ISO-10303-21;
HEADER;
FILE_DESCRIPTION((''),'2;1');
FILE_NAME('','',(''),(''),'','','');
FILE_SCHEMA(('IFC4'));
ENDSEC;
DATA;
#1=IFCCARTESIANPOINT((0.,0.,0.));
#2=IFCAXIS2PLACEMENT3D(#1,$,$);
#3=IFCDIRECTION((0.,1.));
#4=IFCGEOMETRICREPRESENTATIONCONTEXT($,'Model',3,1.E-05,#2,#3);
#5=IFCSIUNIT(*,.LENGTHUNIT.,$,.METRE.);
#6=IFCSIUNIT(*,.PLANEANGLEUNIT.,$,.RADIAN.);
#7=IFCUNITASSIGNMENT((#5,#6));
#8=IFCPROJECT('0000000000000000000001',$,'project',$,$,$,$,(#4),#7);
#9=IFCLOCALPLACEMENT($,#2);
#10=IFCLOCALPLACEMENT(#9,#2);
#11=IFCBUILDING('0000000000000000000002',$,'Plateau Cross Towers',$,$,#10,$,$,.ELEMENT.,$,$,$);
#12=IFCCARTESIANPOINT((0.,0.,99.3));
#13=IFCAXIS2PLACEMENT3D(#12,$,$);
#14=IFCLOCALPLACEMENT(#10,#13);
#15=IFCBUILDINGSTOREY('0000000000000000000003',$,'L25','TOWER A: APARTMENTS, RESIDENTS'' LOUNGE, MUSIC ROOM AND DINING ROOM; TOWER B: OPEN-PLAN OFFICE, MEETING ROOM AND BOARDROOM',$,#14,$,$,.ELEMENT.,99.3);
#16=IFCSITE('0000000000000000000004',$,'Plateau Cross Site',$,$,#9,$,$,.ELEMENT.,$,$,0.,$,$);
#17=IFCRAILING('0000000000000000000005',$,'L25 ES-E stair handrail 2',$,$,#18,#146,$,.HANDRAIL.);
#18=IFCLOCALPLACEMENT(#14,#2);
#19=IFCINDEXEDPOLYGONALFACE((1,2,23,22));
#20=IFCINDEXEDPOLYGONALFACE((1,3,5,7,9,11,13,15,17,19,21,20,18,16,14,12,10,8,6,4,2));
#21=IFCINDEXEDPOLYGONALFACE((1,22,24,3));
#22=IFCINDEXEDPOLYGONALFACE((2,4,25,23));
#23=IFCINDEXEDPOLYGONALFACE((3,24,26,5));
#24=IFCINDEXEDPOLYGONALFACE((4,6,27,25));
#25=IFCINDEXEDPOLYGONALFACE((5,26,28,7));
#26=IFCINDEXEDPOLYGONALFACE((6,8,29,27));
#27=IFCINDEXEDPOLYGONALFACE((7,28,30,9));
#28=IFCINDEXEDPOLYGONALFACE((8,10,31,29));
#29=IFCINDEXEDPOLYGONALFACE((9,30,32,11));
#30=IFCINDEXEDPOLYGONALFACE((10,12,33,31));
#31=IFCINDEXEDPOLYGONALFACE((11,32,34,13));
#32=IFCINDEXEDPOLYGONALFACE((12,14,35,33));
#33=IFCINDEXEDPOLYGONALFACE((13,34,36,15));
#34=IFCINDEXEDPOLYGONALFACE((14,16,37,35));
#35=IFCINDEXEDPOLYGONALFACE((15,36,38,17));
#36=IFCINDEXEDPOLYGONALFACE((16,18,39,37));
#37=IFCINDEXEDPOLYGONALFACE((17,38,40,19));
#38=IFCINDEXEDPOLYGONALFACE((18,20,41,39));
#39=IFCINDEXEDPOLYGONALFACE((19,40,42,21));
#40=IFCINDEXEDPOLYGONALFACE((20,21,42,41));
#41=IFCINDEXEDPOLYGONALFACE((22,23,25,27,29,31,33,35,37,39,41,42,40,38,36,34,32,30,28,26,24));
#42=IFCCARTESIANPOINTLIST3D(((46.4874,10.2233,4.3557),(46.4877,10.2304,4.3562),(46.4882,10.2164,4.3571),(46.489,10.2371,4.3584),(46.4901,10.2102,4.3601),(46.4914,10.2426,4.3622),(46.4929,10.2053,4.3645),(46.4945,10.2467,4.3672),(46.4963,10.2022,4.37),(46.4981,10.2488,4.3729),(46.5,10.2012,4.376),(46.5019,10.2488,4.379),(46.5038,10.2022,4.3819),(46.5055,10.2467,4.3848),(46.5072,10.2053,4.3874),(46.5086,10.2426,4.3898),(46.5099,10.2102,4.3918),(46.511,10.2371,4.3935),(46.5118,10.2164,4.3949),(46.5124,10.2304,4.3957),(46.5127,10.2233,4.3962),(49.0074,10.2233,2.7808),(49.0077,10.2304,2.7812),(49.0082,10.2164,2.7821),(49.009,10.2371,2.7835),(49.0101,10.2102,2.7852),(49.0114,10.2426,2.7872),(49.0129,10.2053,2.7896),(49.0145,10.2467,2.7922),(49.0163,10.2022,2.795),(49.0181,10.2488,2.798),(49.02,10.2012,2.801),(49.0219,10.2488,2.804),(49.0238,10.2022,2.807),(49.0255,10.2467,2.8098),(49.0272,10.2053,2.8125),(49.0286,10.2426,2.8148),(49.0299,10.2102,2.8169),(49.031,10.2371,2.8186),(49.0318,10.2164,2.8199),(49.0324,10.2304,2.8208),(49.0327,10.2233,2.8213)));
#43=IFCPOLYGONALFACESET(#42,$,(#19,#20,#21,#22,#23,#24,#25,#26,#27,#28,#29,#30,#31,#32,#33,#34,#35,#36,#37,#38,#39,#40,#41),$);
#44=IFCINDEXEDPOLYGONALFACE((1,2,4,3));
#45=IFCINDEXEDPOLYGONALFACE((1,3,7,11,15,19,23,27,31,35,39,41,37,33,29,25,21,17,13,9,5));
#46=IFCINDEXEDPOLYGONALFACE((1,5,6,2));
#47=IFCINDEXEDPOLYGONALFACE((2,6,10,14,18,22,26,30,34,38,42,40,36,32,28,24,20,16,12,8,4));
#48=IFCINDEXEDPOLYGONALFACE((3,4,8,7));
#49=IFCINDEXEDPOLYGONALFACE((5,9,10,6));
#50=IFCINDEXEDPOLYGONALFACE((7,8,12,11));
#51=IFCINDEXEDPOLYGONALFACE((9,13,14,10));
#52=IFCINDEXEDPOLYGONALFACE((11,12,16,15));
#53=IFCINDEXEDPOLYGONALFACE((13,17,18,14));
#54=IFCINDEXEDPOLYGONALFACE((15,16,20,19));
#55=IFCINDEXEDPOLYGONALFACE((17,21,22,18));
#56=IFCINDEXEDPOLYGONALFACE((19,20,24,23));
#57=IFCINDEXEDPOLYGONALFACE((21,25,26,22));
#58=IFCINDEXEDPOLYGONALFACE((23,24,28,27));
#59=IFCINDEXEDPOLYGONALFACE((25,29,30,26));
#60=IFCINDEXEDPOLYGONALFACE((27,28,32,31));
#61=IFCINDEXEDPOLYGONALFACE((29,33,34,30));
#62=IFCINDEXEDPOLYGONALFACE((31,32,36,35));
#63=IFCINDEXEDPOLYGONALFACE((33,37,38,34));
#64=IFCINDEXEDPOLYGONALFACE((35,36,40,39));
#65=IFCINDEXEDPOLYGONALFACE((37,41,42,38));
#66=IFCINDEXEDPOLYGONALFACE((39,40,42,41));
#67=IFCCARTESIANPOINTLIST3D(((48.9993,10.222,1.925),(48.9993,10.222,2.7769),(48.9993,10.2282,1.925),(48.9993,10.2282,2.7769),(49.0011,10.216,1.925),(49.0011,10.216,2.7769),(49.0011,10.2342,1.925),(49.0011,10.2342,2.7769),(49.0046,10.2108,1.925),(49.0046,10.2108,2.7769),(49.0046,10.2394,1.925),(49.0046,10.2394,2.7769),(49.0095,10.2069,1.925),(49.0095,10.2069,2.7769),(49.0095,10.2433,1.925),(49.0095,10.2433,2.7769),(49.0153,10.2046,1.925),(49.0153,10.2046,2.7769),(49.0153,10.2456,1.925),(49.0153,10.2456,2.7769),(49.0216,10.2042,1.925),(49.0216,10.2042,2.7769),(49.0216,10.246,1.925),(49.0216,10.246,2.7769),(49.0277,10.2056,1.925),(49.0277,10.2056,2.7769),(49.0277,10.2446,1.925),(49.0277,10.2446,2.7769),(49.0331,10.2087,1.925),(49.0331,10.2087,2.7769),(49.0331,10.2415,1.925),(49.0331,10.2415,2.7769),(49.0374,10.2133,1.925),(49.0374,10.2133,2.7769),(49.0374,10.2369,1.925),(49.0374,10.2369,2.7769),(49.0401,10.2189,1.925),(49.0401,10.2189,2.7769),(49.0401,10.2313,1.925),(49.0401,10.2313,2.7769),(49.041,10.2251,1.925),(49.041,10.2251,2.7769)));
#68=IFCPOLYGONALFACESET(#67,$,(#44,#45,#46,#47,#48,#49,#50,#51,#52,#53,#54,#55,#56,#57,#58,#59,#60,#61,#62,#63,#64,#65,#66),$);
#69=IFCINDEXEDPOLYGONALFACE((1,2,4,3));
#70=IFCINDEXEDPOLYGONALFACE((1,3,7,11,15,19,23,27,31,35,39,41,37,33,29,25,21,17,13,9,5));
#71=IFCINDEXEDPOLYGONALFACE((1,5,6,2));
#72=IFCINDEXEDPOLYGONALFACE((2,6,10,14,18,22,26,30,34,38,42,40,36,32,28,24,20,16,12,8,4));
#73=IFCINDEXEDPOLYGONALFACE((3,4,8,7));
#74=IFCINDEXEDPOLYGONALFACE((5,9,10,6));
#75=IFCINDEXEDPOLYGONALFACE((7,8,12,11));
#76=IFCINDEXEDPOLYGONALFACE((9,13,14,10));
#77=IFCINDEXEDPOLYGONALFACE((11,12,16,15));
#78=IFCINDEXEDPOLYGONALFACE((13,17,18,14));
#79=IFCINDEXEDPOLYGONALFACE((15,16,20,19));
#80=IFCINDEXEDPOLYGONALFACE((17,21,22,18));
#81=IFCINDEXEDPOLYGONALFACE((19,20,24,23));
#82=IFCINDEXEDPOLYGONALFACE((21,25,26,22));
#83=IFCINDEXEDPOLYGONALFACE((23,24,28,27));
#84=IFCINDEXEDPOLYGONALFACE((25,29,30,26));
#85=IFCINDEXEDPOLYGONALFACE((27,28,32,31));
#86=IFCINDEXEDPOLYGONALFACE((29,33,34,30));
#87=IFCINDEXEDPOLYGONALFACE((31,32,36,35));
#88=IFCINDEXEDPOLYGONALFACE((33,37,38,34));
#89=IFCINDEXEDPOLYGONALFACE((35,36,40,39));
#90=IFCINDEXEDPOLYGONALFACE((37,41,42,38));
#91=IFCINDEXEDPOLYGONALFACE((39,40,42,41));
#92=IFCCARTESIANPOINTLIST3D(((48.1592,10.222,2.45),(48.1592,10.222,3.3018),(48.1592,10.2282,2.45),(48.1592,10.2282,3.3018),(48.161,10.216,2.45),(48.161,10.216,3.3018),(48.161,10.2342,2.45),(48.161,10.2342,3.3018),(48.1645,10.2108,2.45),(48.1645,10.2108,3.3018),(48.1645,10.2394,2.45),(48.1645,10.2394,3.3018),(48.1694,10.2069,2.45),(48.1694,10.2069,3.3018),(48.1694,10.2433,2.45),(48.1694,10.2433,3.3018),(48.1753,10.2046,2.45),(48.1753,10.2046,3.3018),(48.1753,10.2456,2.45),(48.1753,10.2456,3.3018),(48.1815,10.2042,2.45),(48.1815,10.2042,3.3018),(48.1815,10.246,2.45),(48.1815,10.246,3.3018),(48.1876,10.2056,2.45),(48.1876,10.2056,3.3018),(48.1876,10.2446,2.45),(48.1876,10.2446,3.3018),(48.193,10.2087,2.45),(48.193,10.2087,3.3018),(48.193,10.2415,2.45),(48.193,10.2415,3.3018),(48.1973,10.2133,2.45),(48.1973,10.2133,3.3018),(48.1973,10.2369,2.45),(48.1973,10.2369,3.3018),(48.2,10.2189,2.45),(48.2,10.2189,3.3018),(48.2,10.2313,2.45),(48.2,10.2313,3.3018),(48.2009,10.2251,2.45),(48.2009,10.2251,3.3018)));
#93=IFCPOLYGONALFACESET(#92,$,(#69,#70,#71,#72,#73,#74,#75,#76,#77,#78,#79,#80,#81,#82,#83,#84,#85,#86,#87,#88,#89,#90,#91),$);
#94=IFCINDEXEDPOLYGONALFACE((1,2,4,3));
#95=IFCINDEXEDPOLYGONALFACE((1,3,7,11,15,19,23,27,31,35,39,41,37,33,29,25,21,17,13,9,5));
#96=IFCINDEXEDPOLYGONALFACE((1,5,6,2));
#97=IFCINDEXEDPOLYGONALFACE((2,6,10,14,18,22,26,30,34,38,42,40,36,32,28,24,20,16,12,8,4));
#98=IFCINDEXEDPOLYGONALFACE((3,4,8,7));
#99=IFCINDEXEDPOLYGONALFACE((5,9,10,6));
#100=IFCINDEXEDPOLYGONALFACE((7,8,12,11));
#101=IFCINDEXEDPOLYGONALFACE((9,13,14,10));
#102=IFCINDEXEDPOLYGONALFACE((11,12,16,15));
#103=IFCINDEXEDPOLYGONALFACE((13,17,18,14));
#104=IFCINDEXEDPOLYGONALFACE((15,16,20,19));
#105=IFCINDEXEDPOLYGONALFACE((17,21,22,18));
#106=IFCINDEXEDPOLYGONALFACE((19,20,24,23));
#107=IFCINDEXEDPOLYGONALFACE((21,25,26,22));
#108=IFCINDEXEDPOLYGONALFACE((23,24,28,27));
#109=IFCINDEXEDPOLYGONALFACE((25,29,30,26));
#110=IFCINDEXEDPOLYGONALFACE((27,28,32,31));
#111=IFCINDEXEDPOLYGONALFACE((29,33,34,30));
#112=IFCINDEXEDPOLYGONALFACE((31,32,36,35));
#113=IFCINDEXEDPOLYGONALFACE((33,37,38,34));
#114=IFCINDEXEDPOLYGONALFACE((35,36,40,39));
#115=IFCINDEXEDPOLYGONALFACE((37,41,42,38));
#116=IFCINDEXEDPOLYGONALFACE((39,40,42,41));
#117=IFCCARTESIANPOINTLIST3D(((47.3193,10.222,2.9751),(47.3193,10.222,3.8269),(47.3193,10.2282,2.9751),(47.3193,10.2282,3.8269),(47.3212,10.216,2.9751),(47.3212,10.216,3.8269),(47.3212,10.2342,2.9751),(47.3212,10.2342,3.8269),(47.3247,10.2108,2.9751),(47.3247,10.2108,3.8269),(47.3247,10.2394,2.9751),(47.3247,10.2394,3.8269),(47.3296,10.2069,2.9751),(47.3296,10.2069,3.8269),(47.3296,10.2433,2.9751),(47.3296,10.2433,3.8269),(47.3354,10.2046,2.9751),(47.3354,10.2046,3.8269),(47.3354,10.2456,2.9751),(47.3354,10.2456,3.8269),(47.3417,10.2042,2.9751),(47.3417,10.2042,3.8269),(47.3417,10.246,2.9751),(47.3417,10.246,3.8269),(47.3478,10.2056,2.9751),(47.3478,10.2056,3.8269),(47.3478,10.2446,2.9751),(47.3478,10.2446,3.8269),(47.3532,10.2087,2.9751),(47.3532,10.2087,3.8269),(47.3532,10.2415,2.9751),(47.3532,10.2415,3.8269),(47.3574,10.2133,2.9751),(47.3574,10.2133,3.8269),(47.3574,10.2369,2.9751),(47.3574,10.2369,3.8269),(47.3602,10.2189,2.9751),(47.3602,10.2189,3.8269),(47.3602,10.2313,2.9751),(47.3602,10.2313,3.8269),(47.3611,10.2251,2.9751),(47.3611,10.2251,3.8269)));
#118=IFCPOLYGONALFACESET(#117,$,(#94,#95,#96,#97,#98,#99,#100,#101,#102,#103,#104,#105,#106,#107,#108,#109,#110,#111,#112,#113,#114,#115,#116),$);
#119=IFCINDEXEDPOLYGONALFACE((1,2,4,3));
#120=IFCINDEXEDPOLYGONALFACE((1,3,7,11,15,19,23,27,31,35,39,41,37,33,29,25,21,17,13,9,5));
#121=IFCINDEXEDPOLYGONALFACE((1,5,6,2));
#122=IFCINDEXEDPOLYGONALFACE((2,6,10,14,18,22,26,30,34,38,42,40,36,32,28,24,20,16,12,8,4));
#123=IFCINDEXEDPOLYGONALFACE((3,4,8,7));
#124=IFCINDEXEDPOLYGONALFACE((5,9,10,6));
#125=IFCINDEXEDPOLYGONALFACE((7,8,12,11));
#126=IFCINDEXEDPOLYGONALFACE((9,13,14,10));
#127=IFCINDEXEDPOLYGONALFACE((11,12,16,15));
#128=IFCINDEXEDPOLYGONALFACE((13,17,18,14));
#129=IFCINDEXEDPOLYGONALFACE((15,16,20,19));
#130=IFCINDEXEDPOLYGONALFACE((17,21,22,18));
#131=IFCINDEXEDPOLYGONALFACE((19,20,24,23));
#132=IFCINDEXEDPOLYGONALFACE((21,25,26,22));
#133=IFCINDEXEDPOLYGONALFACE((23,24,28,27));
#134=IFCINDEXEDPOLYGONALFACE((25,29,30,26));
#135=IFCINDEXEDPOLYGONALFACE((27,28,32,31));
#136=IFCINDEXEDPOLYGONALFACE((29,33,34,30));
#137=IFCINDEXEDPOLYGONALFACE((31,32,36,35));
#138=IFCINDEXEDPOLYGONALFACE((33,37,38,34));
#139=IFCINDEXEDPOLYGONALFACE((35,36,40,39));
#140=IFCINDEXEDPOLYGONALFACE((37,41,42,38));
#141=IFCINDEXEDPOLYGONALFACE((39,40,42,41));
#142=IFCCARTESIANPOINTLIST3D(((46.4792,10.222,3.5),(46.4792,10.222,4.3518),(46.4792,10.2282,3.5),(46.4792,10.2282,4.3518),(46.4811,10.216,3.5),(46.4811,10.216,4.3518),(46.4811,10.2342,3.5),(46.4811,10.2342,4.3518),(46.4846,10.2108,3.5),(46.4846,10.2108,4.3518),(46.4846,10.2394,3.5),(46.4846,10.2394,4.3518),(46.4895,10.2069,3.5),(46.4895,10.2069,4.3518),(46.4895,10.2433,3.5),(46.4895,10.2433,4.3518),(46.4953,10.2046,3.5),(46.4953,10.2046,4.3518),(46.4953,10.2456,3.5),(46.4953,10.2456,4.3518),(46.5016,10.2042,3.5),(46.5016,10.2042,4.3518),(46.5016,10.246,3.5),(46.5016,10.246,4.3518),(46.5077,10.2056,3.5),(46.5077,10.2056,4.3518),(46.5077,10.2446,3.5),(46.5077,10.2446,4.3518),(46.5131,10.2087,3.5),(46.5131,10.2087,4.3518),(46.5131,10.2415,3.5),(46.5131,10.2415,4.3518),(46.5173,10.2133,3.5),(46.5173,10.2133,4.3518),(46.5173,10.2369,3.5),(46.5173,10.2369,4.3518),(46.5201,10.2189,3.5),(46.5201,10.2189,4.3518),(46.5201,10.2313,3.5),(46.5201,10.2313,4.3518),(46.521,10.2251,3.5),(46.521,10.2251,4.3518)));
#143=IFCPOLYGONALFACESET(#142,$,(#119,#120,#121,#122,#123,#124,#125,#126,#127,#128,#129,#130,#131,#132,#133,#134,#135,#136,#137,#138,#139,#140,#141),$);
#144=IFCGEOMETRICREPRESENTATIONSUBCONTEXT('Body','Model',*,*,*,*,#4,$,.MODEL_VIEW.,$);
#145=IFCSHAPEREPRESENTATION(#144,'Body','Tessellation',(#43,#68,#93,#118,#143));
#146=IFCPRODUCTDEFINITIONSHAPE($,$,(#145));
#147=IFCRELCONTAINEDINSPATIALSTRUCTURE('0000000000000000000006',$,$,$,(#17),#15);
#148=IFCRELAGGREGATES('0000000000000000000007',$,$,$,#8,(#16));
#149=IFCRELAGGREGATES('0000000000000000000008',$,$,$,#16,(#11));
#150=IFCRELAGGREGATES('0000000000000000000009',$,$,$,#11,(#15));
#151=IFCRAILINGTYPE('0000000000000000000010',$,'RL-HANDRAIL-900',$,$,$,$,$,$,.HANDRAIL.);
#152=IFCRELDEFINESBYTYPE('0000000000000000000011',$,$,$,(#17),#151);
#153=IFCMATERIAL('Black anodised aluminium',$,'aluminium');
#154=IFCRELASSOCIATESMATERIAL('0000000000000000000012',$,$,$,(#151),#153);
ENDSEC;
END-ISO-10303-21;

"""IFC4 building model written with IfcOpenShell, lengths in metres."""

from ifc_helpers import new_model, si_unit, direction, frame, origin, origin_2d, place, context, subcontext, project, spatial, circle, extrude, material, type_object, element, save


model = new_model("IFC4")

# Units and contexts
model_context = context("Model", 3, precision=1e-05, world=origin(), true_north=direction((0.0, 1.0)))
body_context = subcontext(model_context, "Body", "Model", "MODEL_VIEW")
ifc_project = project(units=[si_unit("LENGTHUNIT", "METRE"), si_unit("PLANEANGLEUNIT", "RADIAN")], contexts=[model_context])

# Site, building, storey
site_placement = place(None, origin())
site = spatial("IfcSite", under=ifc_project, at=site_placement, Name="Plateau Cross Site", CompositionType="ELEMENT", RefElevation=0.0)
building_placement = place(site_placement, origin())
building = spatial("IfcBuilding", under=site, at=building_placement, Name="Plateau Cross Towers", CompositionType="ELEMENT")
storey_placement = place(building_placement, frame((0.0, 0.0, 99.3)))
storey = spatial("IfcBuildingStorey", under=building, at=storey_placement, Name="L25", Description="TOWER A: APARTMENTS, RESIDENTS' LOUNGE, MUSIC ROOM AND DINING ROOM; TOWER B: OPEN-PLAN OFFICE, MEETING ROOM AND BOARDROOM", CompositionType="ELEMENT", Elevation=99.3)

# Shared definitions
ifc_material_1 = material(Name="Black anodised aluminium", Category="aluminium")

# Railing
railing_type_1 = type_object("IfcRailingType", Name="RL-HANDRAIL-900", PredefinedType="HANDRAIL", material=ifc_material_1)
railing_1_placement = place(storey_placement, frame((49.02, 10.2251, 1.925)))
element("IfcRailing", 1, at=railing_1_placement, inside=storey, type_object=railing_type_1, Name="L25 ES-E stair handrail 2", PredefinedType="HANDRAIL", context=body_context, shape_type="SweptSolid", body=[
    extrude(circle(Radius=0.0239, at=origin_2d()), frame((0.0, 0.0, 0.876), z_axis=(-0.848008, 0.0, 0.529984), x_axis=(0.0, -1.0, 0.0)), (0.0, 0.0, 1.0), 2.9717),
    extrude(circle(Radius=0.021, at=origin_2d()), origin(), (0.0, 0.0, 1.0), 0.8518),
    extrude(circle(Radius=0.021, at=origin_2d()), frame((-0.8401, 0.0, 0.5249)), (0.0, 0.0, 1.0), 0.8518),
    extrude(circle(Radius=0.021, at=origin_2d()), frame((-1.6799, 0.0, 1.05)), (0.0, 0.0, 1.0), 0.8518),
    extrude(circle(Radius=0.021, at=origin_2d()), frame((-2.52, 0.0, 1.575)), (0.0, 0.0, 1.0), 0.8518),
])

save(model, "model.ifc")
